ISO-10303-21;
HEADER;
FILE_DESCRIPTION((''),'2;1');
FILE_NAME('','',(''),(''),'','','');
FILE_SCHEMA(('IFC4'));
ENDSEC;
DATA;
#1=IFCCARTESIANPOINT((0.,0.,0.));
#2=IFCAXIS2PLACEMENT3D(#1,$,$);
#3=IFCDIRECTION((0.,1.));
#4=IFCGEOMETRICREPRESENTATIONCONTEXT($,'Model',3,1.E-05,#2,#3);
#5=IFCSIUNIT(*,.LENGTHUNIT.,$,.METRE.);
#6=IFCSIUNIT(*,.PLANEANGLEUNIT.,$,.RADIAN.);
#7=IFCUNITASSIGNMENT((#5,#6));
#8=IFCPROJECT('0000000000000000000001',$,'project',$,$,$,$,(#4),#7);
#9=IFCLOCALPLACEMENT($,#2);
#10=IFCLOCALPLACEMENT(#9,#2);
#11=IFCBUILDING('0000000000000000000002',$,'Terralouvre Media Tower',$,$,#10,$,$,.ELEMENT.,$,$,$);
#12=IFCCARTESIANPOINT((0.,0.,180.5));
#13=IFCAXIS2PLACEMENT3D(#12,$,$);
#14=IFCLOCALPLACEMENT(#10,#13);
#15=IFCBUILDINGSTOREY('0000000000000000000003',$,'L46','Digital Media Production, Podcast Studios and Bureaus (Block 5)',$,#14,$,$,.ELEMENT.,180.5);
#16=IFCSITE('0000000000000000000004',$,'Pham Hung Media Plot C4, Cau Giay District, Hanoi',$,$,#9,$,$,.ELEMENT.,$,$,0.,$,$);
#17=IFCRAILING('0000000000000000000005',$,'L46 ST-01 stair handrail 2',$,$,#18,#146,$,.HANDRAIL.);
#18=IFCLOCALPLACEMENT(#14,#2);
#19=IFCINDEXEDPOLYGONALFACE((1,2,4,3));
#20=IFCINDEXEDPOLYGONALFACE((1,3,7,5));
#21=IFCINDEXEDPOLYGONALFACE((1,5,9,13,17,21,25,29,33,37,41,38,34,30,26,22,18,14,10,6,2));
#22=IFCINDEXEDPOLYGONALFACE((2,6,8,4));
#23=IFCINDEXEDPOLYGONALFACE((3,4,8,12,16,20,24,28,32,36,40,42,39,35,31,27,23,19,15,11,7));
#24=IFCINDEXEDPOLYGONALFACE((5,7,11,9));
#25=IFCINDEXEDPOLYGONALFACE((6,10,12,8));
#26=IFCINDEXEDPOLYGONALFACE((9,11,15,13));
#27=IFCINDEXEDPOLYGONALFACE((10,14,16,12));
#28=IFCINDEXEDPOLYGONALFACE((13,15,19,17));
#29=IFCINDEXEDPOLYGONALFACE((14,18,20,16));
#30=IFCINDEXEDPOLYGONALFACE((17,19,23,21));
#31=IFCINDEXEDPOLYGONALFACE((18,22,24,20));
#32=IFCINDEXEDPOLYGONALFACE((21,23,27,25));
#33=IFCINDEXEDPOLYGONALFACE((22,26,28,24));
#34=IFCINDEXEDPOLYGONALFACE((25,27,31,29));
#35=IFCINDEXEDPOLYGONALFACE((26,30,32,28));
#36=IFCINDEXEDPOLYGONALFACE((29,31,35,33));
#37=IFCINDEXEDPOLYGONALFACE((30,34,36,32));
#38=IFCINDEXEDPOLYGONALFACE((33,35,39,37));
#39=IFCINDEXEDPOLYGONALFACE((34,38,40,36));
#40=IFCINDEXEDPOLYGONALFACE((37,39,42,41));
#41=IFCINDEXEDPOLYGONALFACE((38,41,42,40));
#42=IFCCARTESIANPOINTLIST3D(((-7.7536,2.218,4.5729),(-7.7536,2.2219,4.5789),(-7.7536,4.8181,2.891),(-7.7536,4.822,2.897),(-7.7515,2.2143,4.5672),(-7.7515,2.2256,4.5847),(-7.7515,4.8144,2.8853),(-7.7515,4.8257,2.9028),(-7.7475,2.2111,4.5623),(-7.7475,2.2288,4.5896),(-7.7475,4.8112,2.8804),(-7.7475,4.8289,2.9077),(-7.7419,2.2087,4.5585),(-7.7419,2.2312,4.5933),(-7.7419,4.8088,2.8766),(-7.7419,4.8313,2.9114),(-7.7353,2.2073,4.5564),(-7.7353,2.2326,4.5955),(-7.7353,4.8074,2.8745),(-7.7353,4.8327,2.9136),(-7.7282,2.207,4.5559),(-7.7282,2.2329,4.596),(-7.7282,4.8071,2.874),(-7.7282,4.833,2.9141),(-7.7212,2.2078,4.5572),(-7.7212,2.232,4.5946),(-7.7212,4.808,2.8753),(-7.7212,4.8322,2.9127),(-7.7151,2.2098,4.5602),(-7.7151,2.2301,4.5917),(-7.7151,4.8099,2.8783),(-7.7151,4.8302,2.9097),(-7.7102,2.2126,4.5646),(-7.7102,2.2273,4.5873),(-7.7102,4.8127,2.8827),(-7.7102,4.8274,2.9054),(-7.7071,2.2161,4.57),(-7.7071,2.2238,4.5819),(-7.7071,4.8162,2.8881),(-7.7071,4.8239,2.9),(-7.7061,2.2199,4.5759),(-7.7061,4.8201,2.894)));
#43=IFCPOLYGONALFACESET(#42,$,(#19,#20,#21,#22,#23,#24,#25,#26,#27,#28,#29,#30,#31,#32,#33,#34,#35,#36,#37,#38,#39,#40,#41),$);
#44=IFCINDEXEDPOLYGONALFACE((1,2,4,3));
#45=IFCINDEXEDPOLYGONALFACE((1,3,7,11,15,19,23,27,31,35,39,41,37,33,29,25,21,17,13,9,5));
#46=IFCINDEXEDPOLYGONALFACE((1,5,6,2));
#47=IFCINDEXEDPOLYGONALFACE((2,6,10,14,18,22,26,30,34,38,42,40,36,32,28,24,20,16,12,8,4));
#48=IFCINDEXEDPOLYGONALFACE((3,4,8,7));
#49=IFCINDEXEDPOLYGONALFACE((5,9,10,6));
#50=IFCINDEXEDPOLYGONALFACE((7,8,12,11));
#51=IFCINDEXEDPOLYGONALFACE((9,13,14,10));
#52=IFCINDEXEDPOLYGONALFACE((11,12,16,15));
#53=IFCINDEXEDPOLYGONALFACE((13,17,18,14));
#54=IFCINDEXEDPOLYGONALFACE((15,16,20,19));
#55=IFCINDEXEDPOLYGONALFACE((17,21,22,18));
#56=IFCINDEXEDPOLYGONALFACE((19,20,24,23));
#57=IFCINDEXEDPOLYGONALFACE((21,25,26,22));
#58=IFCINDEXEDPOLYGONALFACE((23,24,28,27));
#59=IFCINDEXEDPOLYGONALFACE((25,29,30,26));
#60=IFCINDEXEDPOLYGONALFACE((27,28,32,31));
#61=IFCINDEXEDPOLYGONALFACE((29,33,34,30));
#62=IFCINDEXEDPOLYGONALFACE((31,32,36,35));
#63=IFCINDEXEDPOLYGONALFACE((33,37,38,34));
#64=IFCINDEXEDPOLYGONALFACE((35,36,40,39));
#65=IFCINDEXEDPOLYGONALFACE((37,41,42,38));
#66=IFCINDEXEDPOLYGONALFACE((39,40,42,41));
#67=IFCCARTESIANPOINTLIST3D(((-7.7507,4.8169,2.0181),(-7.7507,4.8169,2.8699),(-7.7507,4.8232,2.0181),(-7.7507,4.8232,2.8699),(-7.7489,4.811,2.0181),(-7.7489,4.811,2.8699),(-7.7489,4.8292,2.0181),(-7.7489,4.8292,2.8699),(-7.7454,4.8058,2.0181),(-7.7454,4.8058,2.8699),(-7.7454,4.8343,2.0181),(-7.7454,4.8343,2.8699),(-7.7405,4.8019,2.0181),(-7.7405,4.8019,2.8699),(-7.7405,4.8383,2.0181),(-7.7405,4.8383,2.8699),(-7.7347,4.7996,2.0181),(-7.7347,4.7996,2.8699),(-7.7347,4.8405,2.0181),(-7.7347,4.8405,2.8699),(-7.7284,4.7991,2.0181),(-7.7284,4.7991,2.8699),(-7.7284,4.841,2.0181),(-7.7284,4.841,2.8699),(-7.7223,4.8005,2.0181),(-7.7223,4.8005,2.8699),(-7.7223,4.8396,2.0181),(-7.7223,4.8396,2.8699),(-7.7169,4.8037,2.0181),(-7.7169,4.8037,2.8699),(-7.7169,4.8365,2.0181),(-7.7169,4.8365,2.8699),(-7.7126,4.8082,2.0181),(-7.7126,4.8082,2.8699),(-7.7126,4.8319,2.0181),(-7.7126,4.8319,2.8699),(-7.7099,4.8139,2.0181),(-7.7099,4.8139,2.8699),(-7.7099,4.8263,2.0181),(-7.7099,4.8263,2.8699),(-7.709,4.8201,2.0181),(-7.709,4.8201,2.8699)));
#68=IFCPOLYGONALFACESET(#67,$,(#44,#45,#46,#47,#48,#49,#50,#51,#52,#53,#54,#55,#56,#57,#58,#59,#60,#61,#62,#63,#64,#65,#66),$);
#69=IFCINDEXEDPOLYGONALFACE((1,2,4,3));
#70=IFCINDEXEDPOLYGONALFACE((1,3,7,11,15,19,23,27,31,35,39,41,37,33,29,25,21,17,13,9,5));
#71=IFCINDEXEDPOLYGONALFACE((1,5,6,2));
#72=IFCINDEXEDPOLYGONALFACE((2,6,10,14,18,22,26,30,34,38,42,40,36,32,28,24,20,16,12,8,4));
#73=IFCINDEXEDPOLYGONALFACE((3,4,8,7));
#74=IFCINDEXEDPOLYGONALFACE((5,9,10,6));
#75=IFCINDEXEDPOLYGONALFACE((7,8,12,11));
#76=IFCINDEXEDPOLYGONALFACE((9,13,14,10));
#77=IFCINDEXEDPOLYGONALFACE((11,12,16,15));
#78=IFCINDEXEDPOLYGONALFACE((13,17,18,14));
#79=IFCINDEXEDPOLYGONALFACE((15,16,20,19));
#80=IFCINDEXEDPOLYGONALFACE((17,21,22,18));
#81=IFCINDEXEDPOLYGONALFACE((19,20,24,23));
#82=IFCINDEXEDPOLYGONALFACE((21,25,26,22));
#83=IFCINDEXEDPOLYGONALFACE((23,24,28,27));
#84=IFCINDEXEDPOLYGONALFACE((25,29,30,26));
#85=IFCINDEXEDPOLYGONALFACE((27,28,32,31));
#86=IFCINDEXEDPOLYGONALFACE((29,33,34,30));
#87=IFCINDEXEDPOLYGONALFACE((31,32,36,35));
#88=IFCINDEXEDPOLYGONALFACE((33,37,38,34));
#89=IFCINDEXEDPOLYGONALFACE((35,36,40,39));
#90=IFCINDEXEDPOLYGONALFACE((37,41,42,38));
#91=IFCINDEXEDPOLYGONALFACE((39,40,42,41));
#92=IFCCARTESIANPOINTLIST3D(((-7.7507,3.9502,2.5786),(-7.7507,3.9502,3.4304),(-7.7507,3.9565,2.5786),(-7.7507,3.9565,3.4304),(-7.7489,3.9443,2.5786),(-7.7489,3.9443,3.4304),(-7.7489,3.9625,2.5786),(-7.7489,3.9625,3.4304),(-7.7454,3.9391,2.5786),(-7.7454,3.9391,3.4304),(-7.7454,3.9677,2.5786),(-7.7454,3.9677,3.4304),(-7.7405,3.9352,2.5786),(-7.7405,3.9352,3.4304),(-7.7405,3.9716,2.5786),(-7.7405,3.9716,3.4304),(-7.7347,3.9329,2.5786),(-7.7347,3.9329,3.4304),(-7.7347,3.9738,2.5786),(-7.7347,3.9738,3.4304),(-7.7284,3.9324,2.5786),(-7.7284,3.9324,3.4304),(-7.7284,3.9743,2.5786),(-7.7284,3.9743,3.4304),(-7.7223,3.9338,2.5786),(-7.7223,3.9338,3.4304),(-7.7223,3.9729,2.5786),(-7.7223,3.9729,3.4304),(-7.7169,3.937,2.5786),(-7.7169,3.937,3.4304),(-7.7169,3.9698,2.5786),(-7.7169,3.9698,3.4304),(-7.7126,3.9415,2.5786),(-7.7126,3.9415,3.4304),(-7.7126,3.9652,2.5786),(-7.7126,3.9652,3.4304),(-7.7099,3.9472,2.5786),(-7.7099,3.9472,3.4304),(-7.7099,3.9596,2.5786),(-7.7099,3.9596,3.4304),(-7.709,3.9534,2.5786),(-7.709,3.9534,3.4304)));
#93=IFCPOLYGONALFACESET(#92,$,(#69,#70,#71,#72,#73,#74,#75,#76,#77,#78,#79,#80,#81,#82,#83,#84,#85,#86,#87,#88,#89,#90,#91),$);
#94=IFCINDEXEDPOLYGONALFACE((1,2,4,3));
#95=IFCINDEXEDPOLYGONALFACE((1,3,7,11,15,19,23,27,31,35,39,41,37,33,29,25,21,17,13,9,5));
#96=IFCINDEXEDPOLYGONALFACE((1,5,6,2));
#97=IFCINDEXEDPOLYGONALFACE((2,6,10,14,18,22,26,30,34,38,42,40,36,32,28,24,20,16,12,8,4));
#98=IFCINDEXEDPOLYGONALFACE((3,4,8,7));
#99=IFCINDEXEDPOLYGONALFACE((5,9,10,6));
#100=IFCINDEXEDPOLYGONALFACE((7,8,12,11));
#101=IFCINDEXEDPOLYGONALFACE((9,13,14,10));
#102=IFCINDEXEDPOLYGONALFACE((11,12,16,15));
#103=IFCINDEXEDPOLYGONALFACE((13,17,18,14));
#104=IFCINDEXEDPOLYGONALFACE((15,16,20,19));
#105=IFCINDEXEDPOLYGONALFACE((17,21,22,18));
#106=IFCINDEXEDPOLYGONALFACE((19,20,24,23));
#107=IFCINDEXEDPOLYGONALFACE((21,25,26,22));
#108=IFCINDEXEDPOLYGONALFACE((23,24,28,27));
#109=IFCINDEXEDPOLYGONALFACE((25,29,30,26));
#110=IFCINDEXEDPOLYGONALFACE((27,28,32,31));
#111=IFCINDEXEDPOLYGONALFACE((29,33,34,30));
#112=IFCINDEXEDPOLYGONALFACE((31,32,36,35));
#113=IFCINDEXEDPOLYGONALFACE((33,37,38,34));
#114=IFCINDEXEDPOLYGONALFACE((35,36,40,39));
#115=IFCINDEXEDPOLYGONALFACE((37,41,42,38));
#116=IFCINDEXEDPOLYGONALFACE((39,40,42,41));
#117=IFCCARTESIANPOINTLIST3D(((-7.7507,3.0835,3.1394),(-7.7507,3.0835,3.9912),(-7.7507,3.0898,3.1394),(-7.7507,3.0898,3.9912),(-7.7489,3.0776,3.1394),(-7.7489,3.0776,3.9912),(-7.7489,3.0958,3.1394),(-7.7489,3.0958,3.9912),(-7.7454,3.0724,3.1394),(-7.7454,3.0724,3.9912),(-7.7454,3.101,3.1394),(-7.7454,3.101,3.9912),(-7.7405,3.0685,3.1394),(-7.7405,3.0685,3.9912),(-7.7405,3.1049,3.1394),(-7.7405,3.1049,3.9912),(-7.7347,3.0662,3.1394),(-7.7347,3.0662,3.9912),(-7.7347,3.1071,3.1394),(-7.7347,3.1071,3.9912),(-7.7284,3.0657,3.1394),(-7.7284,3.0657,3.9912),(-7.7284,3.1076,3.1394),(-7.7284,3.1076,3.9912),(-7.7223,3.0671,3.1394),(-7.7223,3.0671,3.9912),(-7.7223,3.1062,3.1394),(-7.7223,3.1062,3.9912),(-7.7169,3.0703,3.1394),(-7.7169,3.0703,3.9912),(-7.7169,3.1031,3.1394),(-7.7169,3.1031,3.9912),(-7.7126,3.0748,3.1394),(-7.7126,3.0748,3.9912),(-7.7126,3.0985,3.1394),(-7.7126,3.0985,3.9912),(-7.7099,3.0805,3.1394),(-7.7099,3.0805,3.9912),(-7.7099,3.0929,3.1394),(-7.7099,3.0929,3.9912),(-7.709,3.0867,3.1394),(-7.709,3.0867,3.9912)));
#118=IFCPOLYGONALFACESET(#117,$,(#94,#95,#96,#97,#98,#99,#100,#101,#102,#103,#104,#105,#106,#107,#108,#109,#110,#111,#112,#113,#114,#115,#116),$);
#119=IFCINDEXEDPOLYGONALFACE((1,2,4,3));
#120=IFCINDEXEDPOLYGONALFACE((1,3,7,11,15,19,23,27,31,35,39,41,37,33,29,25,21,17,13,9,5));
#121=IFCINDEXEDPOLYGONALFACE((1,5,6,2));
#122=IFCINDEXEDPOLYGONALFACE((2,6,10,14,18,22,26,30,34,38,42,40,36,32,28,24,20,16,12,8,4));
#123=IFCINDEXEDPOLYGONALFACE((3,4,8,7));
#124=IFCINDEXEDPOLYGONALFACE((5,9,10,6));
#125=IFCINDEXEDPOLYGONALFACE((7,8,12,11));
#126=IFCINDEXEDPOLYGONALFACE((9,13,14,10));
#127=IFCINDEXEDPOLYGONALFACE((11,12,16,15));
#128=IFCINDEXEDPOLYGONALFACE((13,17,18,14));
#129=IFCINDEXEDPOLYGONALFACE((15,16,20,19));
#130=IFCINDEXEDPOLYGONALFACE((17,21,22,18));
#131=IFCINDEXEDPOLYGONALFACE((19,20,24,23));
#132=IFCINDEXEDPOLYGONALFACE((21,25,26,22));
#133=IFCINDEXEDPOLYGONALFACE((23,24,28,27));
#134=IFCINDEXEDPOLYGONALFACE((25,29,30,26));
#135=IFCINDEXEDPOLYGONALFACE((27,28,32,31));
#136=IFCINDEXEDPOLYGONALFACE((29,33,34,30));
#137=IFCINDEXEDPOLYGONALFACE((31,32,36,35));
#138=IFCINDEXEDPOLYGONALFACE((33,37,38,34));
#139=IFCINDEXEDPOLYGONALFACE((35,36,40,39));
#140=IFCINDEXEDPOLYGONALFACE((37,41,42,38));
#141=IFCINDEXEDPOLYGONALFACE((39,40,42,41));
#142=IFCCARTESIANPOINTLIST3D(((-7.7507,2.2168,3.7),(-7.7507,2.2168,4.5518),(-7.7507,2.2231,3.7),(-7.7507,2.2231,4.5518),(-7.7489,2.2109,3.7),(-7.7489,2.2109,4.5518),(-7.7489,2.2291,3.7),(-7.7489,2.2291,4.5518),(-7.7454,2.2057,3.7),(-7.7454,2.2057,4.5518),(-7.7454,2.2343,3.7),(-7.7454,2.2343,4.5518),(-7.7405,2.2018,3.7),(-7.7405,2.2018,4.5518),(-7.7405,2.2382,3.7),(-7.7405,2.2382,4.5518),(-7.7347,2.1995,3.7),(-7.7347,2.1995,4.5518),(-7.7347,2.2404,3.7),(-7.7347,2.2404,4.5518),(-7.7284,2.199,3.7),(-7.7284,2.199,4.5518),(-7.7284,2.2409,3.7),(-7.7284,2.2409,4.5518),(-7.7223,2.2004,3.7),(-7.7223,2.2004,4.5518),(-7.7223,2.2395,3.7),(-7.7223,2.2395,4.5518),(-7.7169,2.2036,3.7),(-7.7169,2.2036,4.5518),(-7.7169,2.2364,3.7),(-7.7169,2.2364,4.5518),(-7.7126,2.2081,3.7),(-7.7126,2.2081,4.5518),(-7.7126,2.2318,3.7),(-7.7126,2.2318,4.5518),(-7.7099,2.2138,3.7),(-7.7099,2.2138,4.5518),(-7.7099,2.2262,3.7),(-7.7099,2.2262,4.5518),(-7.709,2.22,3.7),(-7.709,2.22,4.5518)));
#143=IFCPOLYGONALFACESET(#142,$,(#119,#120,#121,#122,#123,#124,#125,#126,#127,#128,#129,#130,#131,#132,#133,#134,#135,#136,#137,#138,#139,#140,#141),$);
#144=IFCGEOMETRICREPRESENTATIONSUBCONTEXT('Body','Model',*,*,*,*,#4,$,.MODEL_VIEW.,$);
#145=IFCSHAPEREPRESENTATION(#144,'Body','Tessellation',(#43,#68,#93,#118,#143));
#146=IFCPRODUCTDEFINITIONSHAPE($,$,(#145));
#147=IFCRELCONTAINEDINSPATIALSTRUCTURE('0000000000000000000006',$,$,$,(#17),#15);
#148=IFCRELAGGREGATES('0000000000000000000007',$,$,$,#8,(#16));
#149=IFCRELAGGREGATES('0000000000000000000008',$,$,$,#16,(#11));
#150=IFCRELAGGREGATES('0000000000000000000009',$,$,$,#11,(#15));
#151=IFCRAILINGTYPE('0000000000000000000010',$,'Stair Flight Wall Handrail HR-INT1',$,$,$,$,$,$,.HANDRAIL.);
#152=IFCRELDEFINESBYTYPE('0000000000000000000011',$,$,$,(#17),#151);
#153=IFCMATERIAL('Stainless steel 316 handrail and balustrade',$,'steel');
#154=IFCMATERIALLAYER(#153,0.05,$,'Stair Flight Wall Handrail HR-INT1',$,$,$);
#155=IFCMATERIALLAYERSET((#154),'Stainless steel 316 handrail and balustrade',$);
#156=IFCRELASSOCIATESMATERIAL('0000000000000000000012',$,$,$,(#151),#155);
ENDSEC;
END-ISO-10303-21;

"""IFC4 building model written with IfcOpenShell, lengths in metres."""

from ifc_helpers import new_model, si_unit, direction, frame, origin, origin_2d, place, context, subcontext, project, spatial, circle, extrude, material, layer, layer_set, type_object, element, save


model = new_model("IFC4")

# Units and contexts
model_context = context("Model", 3, precision=1e-05, world=origin(), true_north=direction((0.0, 1.0)))
body_context = subcontext(model_context, "Body", "Model", "MODEL_VIEW")
ifc_project = project(units=[si_unit("LENGTHUNIT", "METRE"), si_unit("PLANEANGLEUNIT", "RADIAN")], contexts=[model_context])

# Site, building, storey
site_placement = place(None, origin())
site = spatial("IfcSite", under=ifc_project, at=site_placement, Name="Pham Hung Media Plot C4, Cau Giay District, Hanoi", CompositionType="ELEMENT", RefElevation=0.0)
building_placement = place(site_placement, origin())
building = spatial("IfcBuilding", under=site, at=building_placement, Name="Terralouvre Media Tower", CompositionType="ELEMENT")
storey_placement = place(building_placement, frame((0.0, 0.0, 180.5)))
storey = spatial("IfcBuildingStorey", under=building, at=storey_placement, Name="L46", Description="Digital Media Production, Podcast Studios and Bureaus (Block 5)", CompositionType="ELEMENT", Elevation=180.5)

# Railing
ifc_material_1 = material(Name="Stainless steel 316 handrail and balustrade", Category="steel")
ifc_layer_1 = layer(ifc_material_1, 0.05, Name="Stair Flight Wall Handrail HR-INT1")
ifc_layer_set_1 = layer_set([ifc_layer_1], Name="Stainless steel 316 handrail and balustrade")
railing_type_1 = type_object("IfcRailingType", Name="Stair Flight Wall Handrail HR-INT1", PredefinedType="HANDRAIL", material=ifc_layer_set_1)
railing_1_placement = place(storey_placement, frame((-7.73, 4.8201, 2.0181)))
element("IfcRailing", 1, at=railing_1_placement, inside=storey, type_object=railing_type_1, Name="L46 ST-01 stair handrail 2", PredefinedType="HANDRAIL", context=body_context, shape_type="SweptSolid", body=[
    extrude(circle(Radius=0.0239, at=origin_2d()), frame((0.0, 0.0, 0.876), z_axis=(0.0, -0.839648, 0.54313), x_axis=(1.0, 0.0, 0.0)), (0.0, 0.0, 1.0), 3.0967),
    extrude(circle(Radius=0.021, at=origin_2d()), origin(), (0.0, 0.0, 1.0), 0.8518),
    extrude(circle(Radius=0.021, at=origin_2d()), frame((0.0, -0.8667, 0.5605)), (0.0, 0.0, 1.0), 0.8518),
    extrude(circle(Radius=0.021, at=origin_2d()), frame((0.0, -1.7334, 1.1213)), (0.0, 0.0, 1.0), 0.8518),
    extrude(circle(Radius=0.021, at=origin_2d()), frame((0.0, -2.6001, 1.6819)), (0.0, 0.0, 1.0), 0.8518),
])

save(model, "model.ifc")
